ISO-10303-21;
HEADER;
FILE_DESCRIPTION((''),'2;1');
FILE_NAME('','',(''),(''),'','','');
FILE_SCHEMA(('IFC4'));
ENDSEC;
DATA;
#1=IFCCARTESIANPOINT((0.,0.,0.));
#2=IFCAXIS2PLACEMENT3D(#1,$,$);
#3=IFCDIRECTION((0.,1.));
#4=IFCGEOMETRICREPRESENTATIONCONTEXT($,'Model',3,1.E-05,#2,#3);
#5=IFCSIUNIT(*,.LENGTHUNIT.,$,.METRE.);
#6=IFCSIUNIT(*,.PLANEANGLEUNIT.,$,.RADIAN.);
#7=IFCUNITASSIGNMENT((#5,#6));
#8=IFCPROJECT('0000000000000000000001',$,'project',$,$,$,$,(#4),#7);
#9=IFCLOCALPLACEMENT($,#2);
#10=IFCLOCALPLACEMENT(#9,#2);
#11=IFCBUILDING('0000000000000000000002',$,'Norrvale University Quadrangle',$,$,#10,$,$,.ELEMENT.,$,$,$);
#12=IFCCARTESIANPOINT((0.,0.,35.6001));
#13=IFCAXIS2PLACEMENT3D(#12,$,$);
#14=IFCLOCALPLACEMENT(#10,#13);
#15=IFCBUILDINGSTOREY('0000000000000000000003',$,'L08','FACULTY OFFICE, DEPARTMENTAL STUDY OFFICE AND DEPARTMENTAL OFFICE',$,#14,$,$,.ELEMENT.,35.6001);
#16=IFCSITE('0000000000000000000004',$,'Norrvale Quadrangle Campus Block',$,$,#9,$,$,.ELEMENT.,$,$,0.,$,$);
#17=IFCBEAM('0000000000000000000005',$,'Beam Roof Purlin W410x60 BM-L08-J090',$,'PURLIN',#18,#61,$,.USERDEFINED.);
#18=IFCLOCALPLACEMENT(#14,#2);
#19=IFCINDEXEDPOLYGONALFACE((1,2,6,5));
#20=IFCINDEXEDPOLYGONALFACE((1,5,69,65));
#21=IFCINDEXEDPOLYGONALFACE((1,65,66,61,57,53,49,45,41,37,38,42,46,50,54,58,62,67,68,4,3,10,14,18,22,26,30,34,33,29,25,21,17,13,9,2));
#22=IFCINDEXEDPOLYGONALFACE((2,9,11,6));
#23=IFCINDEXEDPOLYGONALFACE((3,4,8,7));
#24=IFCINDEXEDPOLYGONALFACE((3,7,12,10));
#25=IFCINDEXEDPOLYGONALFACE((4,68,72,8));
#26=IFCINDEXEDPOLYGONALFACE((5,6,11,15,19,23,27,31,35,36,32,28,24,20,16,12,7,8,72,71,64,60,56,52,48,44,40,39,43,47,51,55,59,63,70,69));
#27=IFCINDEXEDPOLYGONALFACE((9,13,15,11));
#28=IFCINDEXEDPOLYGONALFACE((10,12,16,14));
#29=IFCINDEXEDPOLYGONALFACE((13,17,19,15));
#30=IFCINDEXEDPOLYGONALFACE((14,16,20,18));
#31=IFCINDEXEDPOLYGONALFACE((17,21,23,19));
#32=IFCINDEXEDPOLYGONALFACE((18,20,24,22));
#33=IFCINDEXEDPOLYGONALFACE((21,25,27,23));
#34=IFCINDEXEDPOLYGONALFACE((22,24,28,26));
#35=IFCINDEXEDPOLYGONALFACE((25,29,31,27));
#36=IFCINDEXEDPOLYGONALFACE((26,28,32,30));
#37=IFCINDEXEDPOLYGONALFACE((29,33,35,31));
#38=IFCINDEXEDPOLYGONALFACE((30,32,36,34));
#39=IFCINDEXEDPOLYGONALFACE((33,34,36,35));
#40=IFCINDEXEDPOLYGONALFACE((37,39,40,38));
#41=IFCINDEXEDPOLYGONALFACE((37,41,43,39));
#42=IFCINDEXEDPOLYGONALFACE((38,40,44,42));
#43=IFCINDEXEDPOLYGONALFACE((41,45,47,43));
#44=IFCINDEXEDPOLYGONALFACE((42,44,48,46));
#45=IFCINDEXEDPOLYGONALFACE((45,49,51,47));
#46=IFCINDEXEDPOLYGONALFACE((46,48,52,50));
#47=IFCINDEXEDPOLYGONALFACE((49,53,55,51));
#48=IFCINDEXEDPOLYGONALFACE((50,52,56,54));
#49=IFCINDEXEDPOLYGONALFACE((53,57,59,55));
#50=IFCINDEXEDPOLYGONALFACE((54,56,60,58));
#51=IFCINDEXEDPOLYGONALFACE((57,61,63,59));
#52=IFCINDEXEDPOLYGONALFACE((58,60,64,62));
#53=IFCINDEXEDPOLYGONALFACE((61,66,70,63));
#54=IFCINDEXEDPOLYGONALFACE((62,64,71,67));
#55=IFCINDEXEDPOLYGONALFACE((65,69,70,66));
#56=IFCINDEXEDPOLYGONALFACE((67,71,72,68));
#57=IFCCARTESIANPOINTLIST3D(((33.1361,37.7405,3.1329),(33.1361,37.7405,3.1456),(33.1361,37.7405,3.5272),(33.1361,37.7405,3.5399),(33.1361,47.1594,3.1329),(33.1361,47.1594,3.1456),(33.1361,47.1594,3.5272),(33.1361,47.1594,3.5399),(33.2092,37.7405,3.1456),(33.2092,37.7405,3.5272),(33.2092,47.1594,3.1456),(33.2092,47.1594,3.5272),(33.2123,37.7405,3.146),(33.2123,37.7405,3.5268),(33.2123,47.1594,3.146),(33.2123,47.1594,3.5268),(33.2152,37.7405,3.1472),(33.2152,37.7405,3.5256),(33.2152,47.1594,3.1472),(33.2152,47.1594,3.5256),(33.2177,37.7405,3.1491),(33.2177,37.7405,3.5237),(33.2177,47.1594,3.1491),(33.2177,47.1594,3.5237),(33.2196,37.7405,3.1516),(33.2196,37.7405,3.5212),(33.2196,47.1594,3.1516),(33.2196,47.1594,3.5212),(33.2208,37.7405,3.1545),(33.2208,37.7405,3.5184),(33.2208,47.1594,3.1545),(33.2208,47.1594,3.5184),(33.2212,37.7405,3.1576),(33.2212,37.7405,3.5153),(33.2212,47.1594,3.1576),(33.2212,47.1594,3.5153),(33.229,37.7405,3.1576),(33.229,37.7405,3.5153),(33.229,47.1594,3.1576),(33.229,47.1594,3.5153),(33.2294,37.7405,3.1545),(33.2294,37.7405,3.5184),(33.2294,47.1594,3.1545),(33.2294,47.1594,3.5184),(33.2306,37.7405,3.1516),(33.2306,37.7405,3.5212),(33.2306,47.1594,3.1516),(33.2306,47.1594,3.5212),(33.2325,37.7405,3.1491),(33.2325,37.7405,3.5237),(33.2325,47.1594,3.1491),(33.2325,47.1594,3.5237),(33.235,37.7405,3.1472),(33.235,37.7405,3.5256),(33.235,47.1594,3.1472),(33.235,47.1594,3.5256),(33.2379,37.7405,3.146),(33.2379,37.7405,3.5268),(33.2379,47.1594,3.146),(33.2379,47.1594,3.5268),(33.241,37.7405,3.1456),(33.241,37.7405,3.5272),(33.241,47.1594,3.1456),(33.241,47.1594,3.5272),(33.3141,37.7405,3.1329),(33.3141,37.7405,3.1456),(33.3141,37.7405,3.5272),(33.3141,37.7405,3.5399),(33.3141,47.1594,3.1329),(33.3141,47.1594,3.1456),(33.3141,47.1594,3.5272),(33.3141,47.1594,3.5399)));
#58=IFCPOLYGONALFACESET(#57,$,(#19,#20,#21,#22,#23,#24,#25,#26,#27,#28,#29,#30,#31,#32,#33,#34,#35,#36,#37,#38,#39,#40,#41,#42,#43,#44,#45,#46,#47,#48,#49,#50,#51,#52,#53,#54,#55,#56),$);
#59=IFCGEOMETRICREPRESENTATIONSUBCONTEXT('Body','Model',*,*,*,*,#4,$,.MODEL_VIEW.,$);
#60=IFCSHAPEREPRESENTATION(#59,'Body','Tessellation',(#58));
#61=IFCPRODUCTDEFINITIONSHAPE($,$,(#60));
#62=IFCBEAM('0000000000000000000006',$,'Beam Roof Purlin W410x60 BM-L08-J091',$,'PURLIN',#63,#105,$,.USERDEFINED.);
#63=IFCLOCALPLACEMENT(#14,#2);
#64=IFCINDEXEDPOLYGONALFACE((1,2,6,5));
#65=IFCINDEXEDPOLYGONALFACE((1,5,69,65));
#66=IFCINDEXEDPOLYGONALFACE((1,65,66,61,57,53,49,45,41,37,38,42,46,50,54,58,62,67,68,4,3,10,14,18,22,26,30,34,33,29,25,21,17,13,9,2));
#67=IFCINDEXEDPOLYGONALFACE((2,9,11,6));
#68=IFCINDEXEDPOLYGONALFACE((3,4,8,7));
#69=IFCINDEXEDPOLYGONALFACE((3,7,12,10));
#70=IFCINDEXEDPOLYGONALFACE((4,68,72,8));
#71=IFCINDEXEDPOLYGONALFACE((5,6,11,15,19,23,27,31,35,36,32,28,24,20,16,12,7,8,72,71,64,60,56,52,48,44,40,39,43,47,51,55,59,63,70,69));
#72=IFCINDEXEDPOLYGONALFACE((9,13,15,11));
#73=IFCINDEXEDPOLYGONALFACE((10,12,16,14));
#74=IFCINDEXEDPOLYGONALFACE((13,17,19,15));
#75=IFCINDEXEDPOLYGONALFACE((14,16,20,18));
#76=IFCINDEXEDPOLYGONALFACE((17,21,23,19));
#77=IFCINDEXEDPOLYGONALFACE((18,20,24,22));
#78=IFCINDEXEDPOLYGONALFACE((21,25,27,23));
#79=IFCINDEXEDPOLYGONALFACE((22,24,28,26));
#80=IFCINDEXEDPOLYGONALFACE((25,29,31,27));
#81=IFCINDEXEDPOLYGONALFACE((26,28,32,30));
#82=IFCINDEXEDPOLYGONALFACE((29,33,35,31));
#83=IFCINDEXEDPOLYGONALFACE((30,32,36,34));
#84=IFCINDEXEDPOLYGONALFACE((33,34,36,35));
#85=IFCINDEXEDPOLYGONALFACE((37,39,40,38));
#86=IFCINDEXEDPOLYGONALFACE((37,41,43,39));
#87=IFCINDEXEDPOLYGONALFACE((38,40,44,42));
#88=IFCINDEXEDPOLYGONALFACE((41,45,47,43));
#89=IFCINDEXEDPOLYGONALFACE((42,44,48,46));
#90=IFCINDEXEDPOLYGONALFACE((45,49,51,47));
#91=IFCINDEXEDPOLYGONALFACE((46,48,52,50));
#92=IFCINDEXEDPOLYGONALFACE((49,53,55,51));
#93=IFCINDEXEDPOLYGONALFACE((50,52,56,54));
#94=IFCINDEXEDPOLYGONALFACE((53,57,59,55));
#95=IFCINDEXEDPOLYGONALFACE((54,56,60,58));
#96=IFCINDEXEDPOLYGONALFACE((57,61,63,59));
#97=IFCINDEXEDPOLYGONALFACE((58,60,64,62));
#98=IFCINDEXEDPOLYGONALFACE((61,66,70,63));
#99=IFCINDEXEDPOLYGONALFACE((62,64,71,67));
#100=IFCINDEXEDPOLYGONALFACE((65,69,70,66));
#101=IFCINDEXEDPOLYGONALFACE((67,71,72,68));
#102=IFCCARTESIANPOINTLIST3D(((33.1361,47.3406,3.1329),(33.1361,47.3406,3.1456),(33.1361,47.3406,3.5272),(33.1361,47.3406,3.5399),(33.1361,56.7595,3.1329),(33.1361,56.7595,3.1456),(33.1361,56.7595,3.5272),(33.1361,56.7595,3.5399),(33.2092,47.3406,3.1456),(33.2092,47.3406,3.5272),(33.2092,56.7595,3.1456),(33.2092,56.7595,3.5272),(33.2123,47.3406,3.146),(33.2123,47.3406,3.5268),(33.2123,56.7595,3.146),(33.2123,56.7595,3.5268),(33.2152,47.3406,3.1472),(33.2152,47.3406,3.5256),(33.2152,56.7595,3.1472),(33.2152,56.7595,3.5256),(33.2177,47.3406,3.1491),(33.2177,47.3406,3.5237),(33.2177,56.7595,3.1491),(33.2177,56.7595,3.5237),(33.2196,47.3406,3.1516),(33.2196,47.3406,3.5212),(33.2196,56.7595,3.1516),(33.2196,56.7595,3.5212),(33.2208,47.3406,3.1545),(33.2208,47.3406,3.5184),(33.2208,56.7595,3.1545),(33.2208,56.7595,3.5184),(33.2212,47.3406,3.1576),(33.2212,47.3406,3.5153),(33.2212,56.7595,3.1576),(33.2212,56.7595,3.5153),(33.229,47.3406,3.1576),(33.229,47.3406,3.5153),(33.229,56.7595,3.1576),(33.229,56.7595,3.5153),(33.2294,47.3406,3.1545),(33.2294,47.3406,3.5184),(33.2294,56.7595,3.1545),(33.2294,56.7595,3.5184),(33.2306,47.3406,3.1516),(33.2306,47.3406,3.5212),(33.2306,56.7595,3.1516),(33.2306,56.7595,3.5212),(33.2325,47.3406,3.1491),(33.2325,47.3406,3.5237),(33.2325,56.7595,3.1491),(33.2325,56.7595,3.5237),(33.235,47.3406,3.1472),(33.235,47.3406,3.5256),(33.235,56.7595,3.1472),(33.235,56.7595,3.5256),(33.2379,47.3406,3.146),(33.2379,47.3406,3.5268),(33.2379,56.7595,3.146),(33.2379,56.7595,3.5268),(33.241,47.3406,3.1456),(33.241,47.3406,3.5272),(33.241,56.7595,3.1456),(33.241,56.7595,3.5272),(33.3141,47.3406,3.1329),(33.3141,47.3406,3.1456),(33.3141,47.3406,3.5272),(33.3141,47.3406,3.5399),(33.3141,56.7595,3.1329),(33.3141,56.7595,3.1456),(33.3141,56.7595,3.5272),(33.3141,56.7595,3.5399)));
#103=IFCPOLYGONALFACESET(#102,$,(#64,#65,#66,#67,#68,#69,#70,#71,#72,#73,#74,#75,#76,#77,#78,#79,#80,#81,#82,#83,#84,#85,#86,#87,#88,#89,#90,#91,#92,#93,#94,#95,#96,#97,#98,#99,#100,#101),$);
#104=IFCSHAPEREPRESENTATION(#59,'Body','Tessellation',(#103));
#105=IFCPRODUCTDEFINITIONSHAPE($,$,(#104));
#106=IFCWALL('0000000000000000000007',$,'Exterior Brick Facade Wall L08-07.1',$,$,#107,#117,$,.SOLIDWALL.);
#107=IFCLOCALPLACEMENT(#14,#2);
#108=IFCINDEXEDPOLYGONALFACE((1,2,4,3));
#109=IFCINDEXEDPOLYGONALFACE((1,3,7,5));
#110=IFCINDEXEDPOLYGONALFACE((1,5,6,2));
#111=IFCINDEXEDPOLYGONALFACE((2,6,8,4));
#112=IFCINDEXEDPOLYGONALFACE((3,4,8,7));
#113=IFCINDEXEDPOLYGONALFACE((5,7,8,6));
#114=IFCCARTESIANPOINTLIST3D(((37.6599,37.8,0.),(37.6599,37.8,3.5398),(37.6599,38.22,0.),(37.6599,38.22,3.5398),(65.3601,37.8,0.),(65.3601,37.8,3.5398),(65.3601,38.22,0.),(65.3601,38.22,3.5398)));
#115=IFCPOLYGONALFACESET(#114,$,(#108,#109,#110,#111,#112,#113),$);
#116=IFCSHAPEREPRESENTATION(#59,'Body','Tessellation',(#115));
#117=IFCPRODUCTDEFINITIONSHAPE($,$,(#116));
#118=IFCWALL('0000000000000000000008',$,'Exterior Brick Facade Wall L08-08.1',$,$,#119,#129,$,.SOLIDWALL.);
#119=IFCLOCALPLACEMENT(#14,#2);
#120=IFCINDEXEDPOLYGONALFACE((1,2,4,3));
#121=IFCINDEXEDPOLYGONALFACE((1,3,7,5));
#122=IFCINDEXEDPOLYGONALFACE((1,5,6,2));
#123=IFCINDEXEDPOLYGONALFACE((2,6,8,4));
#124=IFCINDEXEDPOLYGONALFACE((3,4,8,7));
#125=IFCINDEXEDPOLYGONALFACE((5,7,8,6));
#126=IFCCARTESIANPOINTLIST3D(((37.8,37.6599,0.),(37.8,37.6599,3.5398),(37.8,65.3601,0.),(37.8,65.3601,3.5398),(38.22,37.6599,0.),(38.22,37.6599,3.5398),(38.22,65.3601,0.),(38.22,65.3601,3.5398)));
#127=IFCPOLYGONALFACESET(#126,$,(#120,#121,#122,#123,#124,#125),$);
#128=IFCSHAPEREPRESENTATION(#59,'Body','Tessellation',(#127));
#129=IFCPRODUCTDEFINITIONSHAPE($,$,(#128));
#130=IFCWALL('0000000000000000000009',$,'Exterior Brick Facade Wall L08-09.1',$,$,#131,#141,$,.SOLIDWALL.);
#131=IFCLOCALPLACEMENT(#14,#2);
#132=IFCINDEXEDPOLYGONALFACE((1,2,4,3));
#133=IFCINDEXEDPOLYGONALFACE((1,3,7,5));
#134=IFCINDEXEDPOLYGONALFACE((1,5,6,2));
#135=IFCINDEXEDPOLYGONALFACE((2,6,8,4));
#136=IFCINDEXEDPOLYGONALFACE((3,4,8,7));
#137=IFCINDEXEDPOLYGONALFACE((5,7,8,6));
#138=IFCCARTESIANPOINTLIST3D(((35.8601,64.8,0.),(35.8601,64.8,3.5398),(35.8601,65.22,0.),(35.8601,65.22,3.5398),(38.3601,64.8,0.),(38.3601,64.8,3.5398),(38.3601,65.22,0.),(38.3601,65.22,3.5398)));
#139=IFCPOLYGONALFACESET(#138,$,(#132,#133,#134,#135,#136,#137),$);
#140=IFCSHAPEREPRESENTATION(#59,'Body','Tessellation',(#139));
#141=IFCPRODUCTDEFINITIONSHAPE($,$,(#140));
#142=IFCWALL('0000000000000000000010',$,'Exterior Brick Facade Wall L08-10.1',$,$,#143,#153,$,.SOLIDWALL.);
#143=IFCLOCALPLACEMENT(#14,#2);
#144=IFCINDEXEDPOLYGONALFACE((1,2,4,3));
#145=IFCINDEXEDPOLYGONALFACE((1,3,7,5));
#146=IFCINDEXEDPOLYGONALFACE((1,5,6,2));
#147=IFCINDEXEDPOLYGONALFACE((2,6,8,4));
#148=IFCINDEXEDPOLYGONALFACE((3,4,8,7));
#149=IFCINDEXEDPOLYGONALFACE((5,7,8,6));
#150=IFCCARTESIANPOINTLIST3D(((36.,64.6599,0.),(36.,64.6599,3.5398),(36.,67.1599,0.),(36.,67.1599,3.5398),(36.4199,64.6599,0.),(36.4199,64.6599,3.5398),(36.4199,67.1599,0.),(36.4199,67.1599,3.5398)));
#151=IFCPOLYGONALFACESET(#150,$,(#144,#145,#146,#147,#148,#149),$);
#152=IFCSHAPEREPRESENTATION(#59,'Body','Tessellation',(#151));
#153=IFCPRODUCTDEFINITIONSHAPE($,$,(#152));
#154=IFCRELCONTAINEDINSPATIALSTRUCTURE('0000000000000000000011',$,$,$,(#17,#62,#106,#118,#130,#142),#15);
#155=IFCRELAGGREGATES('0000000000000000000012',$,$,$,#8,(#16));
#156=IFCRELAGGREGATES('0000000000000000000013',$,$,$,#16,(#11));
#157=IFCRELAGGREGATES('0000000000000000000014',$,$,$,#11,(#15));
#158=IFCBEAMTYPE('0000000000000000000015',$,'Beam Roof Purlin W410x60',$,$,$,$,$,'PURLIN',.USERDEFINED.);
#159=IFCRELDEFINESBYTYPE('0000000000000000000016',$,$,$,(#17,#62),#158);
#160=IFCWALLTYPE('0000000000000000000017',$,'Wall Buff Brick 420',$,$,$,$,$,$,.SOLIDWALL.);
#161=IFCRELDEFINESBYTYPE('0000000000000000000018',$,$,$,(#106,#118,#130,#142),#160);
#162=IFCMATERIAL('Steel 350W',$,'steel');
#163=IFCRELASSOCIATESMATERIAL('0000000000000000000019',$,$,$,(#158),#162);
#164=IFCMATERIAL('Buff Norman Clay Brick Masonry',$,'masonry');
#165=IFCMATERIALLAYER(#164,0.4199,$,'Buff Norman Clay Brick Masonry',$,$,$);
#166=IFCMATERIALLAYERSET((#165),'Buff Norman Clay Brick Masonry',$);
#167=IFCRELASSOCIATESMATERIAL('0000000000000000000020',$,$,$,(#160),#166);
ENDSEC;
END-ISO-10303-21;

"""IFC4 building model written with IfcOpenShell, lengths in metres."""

from ifc_helpers import new_model, si_unit, direction, frame, frame_2d, origin, origin_2d, place, context, subcontext, project, spatial, rectangle, i_section, extrude, material, layer, layer_set, material_profile, profile_set, type_object, element, save


model = new_model("IFC4")

# Units and contexts
model_context = context("Model", 3, precision=1e-05, world=origin(), true_north=direction((0.0, 1.0)))
body_context = subcontext(model_context, "Body", "Model", "MODEL_VIEW")
ifc_project = project(units=[si_unit("LENGTHUNIT", "METRE"), si_unit("PLANEANGLEUNIT", "RADIAN")], contexts=[model_context])

# Site, building, storey
site_placement = place(None, origin())
site = spatial("IfcSite", under=ifc_project, at=site_placement, Name="Norrvale Quadrangle Campus Block", CompositionType="ELEMENT", RefElevation=0.0)
building_placement = place(site_placement, origin())
building = spatial("IfcBuilding", under=site, at=building_placement, Name="Norrvale University Quadrangle", CompositionType="ELEMENT")
storey_placement = place(building_placement, frame((0.0, 0.0, 35.6001)))
storey = spatial("IfcBuildingStorey", under=building, at=storey_placement, Name="L08", Description="FACULTY OFFICE, DEPARTMENTAL STUDY OFFICE AND DEPARTMENTAL OFFICE", CompositionType="ELEMENT", Elevation=35.6001)

# Beams
ifc_material_1 = material(Name="Steel 350W", Category="steel")
ifc_material_profile_1 = material_profile(ifc_material_1, i_section(OverallWidth=0.178, OverallDepth=0.407, WebThickness=0.0078, FlangeThickness=0.0127, FilletRadius=0.012, at=origin_2d()), Name="Steel 350W")
ifc_profile_set_1 = profile_set([ifc_material_profile_1], Name="Steel 350W")
beam_type_1 = type_object("IfcBeamType", Name="Beam Roof Purlin W410x60", ElementType="PURLIN", PredefinedType="USERDEFINED", material=ifc_profile_set_1)
for number, where, z_axis, x_axis, name in (
    (1, (33.2251, 37.7405, 3.3364), (0.0, 1.0, 0.0), (-1.0, 0.0, 0.0), "Beam Roof Purlin W410x60 BM-L08-J090"),
    (2, (33.2251, 47.3406, 3.3364), (0.0, 1.0, 0.0), (-1.0, 0.0, 0.0), "Beam Roof Purlin W410x60 BM-L08-J091"),
):
    element("IfcBeam", number, at=place(storey_placement, frame(where, z_axis=z_axis, x_axis=x_axis)), inside=storey, type_object=beam_type_1, Name=name, ObjectType="PURLIN", PredefinedType="USERDEFINED", context=body_context, shape_type="SweptSolid", body=[
        extrude(i_section(OverallWidth=0.178, OverallDepth=0.407, WebThickness=0.0078, FlangeThickness=0.0127, FilletRadius=0.012, at=origin_2d()), origin(), (0.0, 0.0, 1.0), 9.4189),
    ])

# Walls
ifc_material_2 = material(Name="Buff Norman Clay Brick Masonry", Category="masonry")
ifc_layer = layer(ifc_material_2, 0.4199, Name="Buff Norman Clay Brick Masonry")
ifc_layer_set = layer_set([ifc_layer], Name="Buff Norman Clay Brick Masonry")
wall_type = type_object("IfcWallType", Name="Wall Buff Brick 420", PredefinedType="SOLIDWALL", material=ifc_layer_set)
for number, where, z_axis, x_axis, name in (
    (3, (65.3601, 38.01, 0.0), (0.0, 0.0, 1.0), (-1.0, 0.0, 0.0), "Exterior Brick Facade Wall L08-07.1"),
    (4, (38.01, 37.6599, 0.0), (0.0, 0.0, 1.0), (0.0, 1.0, 0.0), "Exterior Brick Facade Wall L08-08.1"),
):
    element("IfcWall", number, at=place(storey_placement, frame(where, z_axis=z_axis, x_axis=x_axis)), inside=storey, type_object=wall_type, Name=name, PredefinedType="SOLIDWALL", context=body_context, shape_type="SweptSolid", body=[
        extrude(rectangle(XDim=27.7002, YDim=0.4199, at=frame_2d((13.8501, 0.0))), origin(), (0.0, 0.0, 1.0), 3.5398),
    ])
for number, where, z_axis, x_axis, name in (
    (5, (38.3601, 65.01, 0.0), (0.0, 0.0, 1.0), (-1.0, 0.0, 0.0), "Exterior Brick Facade Wall L08-09.1"),
    (6, (36.21, 64.6599, 0.0), (0.0, 0.0, 1.0), (0.0, 1.0, 0.0), "Exterior Brick Facade Wall L08-10.1"),
):
    element("IfcWall", number, at=place(storey_placement, frame(where, z_axis=z_axis, x_axis=x_axis)), inside=storey, type_object=wall_type, Name=name, PredefinedType="SOLIDWALL", context=body_context, shape_type="SweptSolid", body=[
        extrude(rectangle(XDim=2.5, YDim=0.4199, at=frame_2d((1.25, 0.0))), origin(), (0.0, 0.0, 1.0), 3.5398),
    ])

save(model, "model.ifc")
